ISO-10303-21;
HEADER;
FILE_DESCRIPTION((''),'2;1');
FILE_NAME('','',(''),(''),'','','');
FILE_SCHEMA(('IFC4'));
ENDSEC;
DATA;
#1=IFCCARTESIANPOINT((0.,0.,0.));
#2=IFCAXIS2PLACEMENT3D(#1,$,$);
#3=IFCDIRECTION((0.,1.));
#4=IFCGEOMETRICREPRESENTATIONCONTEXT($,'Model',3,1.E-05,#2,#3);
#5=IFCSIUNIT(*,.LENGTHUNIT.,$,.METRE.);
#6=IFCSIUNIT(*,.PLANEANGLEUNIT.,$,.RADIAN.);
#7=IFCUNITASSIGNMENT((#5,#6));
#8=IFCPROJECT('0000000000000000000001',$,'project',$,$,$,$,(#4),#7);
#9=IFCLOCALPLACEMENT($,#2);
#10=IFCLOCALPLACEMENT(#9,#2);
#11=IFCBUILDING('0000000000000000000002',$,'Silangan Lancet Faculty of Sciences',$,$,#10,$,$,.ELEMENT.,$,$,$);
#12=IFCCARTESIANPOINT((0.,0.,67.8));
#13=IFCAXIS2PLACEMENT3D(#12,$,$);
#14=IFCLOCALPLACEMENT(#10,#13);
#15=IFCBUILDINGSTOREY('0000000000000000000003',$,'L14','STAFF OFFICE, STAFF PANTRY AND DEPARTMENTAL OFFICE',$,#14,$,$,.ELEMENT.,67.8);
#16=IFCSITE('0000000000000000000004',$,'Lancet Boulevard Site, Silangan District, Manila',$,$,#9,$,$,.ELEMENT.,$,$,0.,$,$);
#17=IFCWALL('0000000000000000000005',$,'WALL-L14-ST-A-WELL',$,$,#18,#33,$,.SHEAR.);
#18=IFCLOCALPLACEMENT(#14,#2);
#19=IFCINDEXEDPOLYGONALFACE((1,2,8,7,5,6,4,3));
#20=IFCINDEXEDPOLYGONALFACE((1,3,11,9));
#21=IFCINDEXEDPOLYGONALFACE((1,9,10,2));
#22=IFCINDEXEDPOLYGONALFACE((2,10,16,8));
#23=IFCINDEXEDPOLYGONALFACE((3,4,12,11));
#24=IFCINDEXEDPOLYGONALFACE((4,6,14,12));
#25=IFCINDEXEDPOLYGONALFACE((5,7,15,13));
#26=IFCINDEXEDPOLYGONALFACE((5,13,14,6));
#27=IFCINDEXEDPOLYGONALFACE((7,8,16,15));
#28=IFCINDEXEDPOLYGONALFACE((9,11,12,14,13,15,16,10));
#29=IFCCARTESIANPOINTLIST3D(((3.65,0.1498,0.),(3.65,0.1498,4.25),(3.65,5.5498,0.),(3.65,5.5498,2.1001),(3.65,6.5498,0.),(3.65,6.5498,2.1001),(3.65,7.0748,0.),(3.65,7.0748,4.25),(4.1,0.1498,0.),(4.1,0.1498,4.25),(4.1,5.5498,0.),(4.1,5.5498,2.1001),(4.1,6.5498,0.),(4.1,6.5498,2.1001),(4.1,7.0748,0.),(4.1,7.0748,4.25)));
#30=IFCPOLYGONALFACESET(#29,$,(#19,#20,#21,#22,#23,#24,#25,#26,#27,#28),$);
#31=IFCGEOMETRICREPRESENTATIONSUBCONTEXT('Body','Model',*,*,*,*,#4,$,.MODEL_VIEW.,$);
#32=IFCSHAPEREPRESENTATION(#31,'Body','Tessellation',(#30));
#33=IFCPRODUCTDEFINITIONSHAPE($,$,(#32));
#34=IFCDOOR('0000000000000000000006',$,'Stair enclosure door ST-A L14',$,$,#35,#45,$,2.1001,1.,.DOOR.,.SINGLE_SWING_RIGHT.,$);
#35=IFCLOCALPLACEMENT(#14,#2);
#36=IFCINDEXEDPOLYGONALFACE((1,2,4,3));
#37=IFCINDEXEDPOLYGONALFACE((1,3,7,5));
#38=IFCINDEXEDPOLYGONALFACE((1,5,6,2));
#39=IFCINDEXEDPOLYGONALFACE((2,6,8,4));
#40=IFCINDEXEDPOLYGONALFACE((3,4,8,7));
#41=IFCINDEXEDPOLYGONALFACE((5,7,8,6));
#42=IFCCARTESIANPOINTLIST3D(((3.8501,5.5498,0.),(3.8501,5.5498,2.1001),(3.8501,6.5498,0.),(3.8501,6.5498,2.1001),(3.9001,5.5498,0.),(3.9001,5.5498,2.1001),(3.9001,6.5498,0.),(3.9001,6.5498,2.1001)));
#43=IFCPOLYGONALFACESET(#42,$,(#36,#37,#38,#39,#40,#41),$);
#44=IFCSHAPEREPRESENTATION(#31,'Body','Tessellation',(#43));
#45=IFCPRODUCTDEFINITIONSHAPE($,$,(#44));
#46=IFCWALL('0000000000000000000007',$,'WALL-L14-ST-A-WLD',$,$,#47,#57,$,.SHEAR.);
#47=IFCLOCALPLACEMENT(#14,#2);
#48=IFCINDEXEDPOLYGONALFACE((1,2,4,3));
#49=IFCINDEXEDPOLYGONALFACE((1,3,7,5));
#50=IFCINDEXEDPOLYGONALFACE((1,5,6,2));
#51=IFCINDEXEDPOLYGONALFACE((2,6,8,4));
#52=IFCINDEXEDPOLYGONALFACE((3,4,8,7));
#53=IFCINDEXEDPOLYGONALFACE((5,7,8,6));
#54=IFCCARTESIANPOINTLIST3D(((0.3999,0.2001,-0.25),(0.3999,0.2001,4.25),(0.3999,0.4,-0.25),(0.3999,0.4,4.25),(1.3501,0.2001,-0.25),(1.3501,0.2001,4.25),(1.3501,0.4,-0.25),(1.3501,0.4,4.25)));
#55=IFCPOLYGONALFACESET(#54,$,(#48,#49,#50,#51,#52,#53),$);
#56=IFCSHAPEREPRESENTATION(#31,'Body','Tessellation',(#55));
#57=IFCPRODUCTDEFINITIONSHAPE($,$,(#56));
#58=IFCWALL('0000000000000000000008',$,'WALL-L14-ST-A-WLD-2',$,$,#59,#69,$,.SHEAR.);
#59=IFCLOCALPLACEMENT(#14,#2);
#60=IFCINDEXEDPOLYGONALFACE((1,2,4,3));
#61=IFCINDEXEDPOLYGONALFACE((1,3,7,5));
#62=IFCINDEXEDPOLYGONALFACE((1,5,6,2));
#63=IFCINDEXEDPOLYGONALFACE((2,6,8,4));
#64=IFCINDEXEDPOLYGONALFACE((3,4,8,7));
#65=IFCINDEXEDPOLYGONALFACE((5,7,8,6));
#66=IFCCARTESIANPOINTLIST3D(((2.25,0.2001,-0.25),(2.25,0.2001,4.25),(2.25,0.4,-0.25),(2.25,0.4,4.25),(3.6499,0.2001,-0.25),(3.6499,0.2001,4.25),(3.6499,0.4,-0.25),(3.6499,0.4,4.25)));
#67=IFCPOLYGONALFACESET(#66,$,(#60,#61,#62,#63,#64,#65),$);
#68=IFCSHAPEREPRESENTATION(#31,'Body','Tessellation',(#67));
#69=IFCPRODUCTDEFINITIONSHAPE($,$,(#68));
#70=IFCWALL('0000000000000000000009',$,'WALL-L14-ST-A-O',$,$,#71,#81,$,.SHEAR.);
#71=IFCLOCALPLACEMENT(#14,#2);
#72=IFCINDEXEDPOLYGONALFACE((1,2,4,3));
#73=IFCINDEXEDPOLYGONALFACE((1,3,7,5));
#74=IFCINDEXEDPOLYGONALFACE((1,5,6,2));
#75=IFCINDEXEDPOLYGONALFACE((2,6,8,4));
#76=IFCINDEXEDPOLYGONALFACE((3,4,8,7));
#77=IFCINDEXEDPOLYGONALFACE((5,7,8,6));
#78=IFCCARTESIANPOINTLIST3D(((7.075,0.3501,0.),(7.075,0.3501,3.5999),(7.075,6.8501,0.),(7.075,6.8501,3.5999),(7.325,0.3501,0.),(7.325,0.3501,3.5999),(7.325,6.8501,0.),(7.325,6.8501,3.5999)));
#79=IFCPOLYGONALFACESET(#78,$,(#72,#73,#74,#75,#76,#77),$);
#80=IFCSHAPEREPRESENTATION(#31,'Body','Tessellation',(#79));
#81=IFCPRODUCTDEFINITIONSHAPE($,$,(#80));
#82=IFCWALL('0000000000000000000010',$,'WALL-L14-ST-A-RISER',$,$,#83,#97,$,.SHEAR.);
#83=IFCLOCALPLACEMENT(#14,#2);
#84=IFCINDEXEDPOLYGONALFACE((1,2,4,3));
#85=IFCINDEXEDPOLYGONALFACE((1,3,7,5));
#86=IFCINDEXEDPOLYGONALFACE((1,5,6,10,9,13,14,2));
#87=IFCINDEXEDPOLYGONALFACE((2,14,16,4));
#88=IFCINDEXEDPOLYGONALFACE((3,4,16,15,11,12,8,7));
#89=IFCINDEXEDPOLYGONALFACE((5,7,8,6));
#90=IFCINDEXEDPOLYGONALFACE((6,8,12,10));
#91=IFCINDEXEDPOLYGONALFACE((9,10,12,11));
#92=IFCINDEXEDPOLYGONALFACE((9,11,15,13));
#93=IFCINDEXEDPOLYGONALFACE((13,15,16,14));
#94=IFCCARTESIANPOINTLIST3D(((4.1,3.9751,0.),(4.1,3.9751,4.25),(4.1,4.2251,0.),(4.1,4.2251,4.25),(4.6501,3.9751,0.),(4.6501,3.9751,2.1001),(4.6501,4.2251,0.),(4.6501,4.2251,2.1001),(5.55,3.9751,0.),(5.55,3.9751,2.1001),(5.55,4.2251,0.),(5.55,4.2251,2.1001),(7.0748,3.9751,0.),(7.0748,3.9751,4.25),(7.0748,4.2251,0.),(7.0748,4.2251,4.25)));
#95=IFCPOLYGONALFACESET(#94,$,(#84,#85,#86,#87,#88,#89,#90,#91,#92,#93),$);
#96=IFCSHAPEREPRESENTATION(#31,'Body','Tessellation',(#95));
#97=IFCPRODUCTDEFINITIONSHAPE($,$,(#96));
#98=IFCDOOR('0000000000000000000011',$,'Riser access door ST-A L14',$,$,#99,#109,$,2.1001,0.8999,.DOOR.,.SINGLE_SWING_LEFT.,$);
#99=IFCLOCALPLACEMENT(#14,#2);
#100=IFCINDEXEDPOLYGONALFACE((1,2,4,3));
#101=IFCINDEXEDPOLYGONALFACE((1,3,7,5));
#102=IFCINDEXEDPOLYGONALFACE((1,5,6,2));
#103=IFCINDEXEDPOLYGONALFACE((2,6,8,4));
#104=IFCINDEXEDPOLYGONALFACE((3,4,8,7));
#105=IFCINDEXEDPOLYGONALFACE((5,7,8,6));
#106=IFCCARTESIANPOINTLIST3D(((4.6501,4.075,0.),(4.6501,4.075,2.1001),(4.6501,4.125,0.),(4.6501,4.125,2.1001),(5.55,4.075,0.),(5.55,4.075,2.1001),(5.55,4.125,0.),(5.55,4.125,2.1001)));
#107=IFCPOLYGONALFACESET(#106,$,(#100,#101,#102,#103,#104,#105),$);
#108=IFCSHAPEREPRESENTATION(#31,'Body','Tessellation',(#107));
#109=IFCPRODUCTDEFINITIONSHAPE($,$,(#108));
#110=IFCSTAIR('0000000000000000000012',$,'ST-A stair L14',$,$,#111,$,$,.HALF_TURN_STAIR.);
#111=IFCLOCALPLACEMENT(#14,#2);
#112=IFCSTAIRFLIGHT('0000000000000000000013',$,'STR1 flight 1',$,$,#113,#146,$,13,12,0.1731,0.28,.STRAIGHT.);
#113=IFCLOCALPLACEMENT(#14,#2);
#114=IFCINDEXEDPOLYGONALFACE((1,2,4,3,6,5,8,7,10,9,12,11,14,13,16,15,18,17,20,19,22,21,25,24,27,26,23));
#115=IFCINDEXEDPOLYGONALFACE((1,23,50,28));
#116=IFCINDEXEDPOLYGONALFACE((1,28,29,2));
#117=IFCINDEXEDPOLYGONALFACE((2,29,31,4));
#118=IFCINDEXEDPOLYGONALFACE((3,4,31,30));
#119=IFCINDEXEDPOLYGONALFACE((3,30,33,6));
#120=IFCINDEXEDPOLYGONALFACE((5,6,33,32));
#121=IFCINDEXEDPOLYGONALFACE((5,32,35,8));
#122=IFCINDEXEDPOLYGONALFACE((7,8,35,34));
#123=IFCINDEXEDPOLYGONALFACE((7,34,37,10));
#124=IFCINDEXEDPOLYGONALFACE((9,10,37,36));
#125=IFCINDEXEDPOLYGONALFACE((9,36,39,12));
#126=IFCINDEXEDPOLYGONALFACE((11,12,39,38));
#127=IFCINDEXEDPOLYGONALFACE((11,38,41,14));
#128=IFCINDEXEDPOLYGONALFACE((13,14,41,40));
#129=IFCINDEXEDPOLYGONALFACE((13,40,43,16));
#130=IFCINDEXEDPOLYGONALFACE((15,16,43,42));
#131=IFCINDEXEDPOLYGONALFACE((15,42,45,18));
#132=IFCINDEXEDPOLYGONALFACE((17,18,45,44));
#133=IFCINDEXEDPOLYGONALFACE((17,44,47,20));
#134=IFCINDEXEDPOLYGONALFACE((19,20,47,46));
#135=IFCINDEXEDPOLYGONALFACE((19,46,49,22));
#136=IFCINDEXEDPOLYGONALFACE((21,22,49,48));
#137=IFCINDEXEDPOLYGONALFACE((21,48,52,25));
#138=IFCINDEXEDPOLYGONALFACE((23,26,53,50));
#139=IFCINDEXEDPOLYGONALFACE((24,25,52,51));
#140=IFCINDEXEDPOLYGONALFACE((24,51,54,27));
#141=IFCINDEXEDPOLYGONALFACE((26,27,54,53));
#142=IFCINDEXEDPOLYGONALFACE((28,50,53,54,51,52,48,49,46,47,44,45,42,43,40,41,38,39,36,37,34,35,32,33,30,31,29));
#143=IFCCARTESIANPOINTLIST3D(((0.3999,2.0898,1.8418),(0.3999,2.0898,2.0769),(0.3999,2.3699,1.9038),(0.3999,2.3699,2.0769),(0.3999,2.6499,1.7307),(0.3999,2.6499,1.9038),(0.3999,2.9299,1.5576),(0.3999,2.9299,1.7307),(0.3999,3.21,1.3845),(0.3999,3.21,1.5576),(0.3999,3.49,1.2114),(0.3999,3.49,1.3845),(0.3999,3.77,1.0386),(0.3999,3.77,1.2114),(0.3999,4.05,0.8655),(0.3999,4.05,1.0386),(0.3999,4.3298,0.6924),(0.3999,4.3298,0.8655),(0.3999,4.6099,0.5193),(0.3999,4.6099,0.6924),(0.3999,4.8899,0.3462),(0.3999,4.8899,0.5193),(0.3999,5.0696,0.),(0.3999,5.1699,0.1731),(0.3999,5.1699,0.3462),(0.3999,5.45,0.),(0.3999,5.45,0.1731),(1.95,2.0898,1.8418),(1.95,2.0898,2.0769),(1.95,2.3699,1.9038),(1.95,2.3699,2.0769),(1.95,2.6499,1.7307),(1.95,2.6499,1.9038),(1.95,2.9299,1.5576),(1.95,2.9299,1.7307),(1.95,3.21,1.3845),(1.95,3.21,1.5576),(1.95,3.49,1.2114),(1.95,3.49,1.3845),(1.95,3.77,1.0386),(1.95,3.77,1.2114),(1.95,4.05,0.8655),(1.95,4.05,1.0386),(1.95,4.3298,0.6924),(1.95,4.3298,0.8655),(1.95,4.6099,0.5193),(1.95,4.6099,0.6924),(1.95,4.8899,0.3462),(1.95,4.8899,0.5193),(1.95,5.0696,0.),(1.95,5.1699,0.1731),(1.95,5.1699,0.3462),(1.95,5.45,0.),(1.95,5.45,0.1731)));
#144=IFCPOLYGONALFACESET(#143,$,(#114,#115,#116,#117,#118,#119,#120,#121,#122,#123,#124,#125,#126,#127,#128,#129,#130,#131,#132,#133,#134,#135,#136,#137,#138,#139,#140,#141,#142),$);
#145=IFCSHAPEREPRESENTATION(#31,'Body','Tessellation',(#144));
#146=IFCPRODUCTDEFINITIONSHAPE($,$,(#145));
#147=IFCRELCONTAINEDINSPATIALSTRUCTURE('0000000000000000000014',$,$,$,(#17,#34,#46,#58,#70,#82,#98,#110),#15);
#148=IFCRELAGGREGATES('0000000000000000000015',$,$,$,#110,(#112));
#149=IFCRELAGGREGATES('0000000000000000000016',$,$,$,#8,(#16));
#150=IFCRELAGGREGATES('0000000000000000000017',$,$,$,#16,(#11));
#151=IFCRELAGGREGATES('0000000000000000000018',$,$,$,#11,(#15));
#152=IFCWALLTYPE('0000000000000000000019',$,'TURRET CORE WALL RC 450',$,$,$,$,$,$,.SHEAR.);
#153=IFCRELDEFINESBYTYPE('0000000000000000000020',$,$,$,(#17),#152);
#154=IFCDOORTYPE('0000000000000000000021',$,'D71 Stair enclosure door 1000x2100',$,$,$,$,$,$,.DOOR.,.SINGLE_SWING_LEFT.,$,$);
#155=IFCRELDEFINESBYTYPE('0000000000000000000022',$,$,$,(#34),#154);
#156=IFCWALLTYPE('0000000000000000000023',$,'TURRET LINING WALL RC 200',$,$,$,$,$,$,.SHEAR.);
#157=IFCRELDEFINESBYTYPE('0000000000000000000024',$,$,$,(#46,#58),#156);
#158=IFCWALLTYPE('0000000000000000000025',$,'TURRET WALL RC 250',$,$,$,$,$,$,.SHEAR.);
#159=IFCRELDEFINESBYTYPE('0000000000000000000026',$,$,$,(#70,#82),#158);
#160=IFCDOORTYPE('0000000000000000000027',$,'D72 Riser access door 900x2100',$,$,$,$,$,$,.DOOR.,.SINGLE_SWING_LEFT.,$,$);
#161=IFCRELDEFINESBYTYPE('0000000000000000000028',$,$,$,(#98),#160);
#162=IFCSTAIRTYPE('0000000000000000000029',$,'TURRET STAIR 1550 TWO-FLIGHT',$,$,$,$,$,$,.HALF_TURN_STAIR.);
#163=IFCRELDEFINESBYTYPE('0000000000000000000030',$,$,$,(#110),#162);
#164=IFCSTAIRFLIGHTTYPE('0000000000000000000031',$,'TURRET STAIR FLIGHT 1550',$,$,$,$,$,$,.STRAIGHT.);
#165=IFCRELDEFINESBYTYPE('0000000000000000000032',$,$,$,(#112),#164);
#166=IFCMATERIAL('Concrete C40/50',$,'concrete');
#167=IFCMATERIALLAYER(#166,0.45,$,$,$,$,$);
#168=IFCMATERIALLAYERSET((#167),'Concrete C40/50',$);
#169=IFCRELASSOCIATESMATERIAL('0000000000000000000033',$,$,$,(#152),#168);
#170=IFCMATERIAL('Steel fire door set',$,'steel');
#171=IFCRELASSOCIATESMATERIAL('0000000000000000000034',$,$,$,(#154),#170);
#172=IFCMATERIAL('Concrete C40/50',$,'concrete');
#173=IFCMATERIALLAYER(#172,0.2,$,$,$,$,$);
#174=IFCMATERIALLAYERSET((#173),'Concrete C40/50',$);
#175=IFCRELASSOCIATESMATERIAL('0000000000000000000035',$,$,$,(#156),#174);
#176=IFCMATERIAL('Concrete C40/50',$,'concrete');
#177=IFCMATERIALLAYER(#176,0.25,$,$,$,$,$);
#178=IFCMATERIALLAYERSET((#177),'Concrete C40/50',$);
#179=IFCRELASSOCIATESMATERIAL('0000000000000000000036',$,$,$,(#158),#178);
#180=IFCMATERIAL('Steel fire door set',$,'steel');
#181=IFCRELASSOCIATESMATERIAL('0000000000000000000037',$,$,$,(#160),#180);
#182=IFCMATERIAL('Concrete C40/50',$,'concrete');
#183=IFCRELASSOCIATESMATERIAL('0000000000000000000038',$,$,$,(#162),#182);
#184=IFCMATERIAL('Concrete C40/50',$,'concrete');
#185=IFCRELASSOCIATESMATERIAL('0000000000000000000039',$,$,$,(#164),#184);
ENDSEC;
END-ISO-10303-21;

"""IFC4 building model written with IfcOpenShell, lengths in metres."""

from ifc_helpers import new_model, si_unit, direction, frame, frame_2d, origin, place, context, subcontext, project, spatial, polyline, rectangle, outline, extrude, material, layer, layer_set, type_object, element, fill, aggregate, save


model = new_model("IFC4")

# Units and contexts
model_context = context("Model", 3, precision=1e-05, world=origin(), true_north=direction((0.0, 1.0)))
body_context = subcontext(model_context, "Body", "Model", "MODEL_VIEW")
ifc_project = project(units=[si_unit("LENGTHUNIT", "METRE"), si_unit("PLANEANGLEUNIT", "RADIAN")], contexts=[model_context])

# Site, building, storey
site_placement = place(None, origin())
site = spatial("IfcSite", under=ifc_project, at=site_placement, Name="Lancet Boulevard Site, Silangan District, Manila", CompositionType="ELEMENT", RefElevation=0.0)
building_placement = place(site_placement, origin())
building = spatial("IfcBuilding", under=site, at=building_placement, Name="Silangan Lancet Faculty of Sciences", CompositionType="ELEMENT")
storey_placement = place(building_placement, frame((0.0, 0.0, 67.8)))
storey = spatial("IfcBuildingStorey", under=building, at=storey_placement, Name="L14", Description="STAFF OFFICE, STAFF PANTRY AND DEPARTMENTAL OFFICE", CompositionType="ELEMENT", Elevation=67.8)

# Wall, opening, door
ifc_material_1 = material(Name="Concrete C40/50", Category="concrete")
ifc_layer_1 = layer(ifc_material_1, 0.45)
ifc_layer_set_1 = layer_set([ifc_layer_1], Name="Concrete C40/50")
wall_type_1 = type_object("IfcWallType", Name="TURRET CORE WALL RC 450", PredefinedType="SHEAR", material=ifc_layer_set_1)
wall_1_placement = place(storey_placement, frame((3.875, 0.1499, 0.0), z_axis=(0.0, 0.0, 1.0), x_axis=(0.0, 1.0, 0.0)))
wall_1 = element("IfcWall", 1, at=wall_1_placement, inside=storey, type_object=wall_type_1, Name="WALL-L14-ST-A-WELL", PredefinedType="SHEAR", context=body_context, shape_type="SweptSolid", body=[
    extrude(rectangle(XDim=6.925, YDim=0.45, at=frame_2d((3.4624, 0.0))), origin(), (0.0, 0.0, 1.0), 4.25),
])
opening_1_placement = place(wall_1_placement, frame((5.3999, 0.0, 0.0)))
opening_1 = element("IfcOpeningElement", 2, at=opening_1_placement, cuts=wall_1, PredefinedType="OPENING", context=body_context, shape_type="SweptSolid", body=[
    extrude(rectangle(XDim=1.0, YDim=2.1001, at=frame_2d((0.5, 1.05))), frame((0.0, 0.2349, 0.0), z_axis=(0.0, -1.0, 0.0), x_axis=(1.0, 0.0, 0.0)), (0.0, 0.0, 1.0), 0.47),
])
ifc_material_2 = material(Name="Steel fire door set", Category="steel")
door_type_1 = type_object("IfcDoorType", Name="D71 Stair enclosure door 1000x2100", OperationType="SINGLE_SWING_LEFT", PredefinedType="DOOR", material=ifc_material_2)
door_1_placement = place(opening_1_placement, origin())
door_1 = element("IfcDoor", 3, at=door_1_placement, inside=storey, type_object=door_type_1, Name="Stair enclosure door ST-A L14", OperationType="SINGLE_SWING_RIGHT", OverallHeight=2.1001, OverallWidth=1.0, PredefinedType="DOOR", context=body_context, shape_type="SweptSolid", body=[
    extrude(rectangle(XDim=1.0, YDim=2.1001, at=frame_2d((0.5, 1.05))), frame((0.0, 0.0249, 0.0), z_axis=(0.0, -1.0, 0.0), x_axis=(1.0, 0.0, 0.0)), (0.0, 0.0, 1.0), 0.05),
])
fill(opening_1, door_1)

# Walls
ifc_material_3 = material(Name="Concrete C40/50", Category="concrete")
ifc_layer_2 = layer(ifc_material_3, 0.2)
ifc_layer_set_2 = layer_set([ifc_layer_2], Name="Concrete C40/50")
wall_type_2 = type_object("IfcWallType", Name="TURRET LINING WALL RC 200", PredefinedType="SHEAR", material=ifc_layer_set_2)
wall_2_placement = place(storey_placement, frame((0.3999, 0.3, -0.25), z_axis=(0.0, 0.0, 1.0), x_axis=(1.0, 0.0, 0.0)))
element("IfcWall", 4, at=wall_2_placement, inside=storey, type_object=wall_type_2, Name="WALL-L14-ST-A-WLD", PredefinedType="SHEAR", context=body_context, shape_type="SweptSolid", body=[
    extrude(rectangle(XDim=0.9502, YDim=0.2, at=frame_2d((0.4751, 0.0))), origin(), (0.0, 0.0, 1.0), 4.5),
])
wall_3_placement = place(storey_placement, frame((2.25, 0.3, -0.25), z_axis=(0.0, 0.0, 1.0), x_axis=(1.0, 0.0, 0.0)))
element("IfcWall", 5, at=wall_3_placement, inside=storey, type_object=wall_type_2, Name="WALL-L14-ST-A-WLD-2", PredefinedType="SHEAR", context=body_context, shape_type="SweptSolid", body=[
    extrude(rectangle(XDim=1.3999, YDim=0.2, at=frame_2d((0.7, 0.0))), origin(), (0.0, 0.0, 1.0), 4.5),
])
ifc_material_4 = material(Name="Concrete C40/50", Category="concrete")
ifc_layer_3 = layer(ifc_material_4, 0.25)
ifc_layer_set_3 = layer_set([ifc_layer_3], Name="Concrete C40/50")
wall_type_3 = type_object("IfcWallType", Name="TURRET WALL RC 250", PredefinedType="SHEAR", material=ifc_layer_set_3)
wall_4_placement = place(storey_placement, frame((7.2, 0.3501, 0.0), z_axis=(0.0, 0.0, 1.0), x_axis=(0.0, 1.0, 0.0)))
element("IfcWall", 6, at=wall_4_placement, inside=storey, type_object=wall_type_3, Name="WALL-L14-ST-A-O", PredefinedType="SHEAR", context=body_context, shape_type="SweptSolid", body=[
    extrude(rectangle(XDim=6.5, YDim=0.25, at=frame_2d((3.25, 0.0))), origin(), (0.0, 0.0, 1.0), 3.5999),
])

# Wall, opening, door
wall_5_placement = place(storey_placement, frame((4.1001, 4.1001, 0.0), z_axis=(0.0, 0.0, 1.0), x_axis=(1.0, 0.0, 0.0)))
wall_5 = element("IfcWall", 7, at=wall_5_placement, inside=storey, type_object=wall_type_3, Name="WALL-L14-ST-A-RISER", PredefinedType="SHEAR", context=body_context, shape_type="SweptSolid", body=[
    extrude(rectangle(XDim=2.9749, YDim=0.25, at=frame_2d((1.4873, 0.0))), origin(), (0.0, 0.0, 1.0), 4.25),
])
opening_2_placement = place(wall_5_placement, frame((0.55, 0.0, 0.0)))
opening_2 = element("IfcOpeningElement", 8, at=opening_2_placement, cuts=wall_5, PredefinedType="OPENING", context=body_context, shape_type="SweptSolid", body=[
    extrude(rectangle(XDim=0.8999, YDim=2.1001, at=frame_2d((0.45, 1.05))), frame((0.0, 0.135, 0.0), z_axis=(0.0, -1.0, 0.0), x_axis=(1.0, 0.0, 0.0)), (0.0, 0.0, 1.0), 0.27),
])
ifc_material_5 = material(Name="Steel fire door set", Category="steel")
door_type_2 = type_object("IfcDoorType", Name="D72 Riser access door 900x2100", OperationType="SINGLE_SWING_LEFT", PredefinedType="DOOR", material=ifc_material_5)
door_2_placement = place(opening_2_placement, frame((0.8999, 0.0, 0.0), z_axis=(0.0, 0.0, 1.0), x_axis=(-1.0, 0.0, 0.0)))
door_2 = element("IfcDoor", 9, at=door_2_placement, inside=storey, type_object=door_type_2, Name="Riser access door ST-A L14", OperationType="SINGLE_SWING_LEFT", OverallHeight=2.1001, OverallWidth=0.8999, PredefinedType="DOOR", context=body_context, shape_type="SweptSolid", body=[
    extrude(rectangle(XDim=0.8999, YDim=2.1001, at=frame_2d((0.45, 1.05))), frame((0.0, 0.0251, 0.0), z_axis=(0.0, -1.0, 0.0), x_axis=(1.0, 0.0, 0.0)), (0.0, 0.0, 1.0), 0.05),
])
fill(opening_2, door_2)

# Stair, stair flight
ifc_material_6 = material(Name="Concrete C40/50", Category="concrete")
stair_type = type_object("IfcStairType", Name="TURRET STAIR 1550 TWO-FLIGHT", PredefinedType="HALF_TURN_STAIR", material=ifc_material_6)
stair_placement = place(storey_placement, origin())
stair = element("IfcStair", 10, at=stair_placement, inside=storey, type_object=stair_type, Name="ST-A stair L14", PredefinedType="HALF_TURN_STAIR")
ifc_material_7 = material(Name="Concrete C40/50", Category="concrete")
stair_flight_type = type_object("IfcStairFlightType", Name="TURRET STAIR FLIGHT 1550", PredefinedType="STRAIGHT", material=ifc_material_7)
stair_flight_1_placement = place(storey_placement, frame((1.175, 5.45, 0.0), z_axis=(0.0, 0.0, 1.0), x_axis=(0.0, -1.0, 0.0)))
stair_flight_1 = element("IfcStairFlight", 11, at=stair_flight_1_placement, type_object=stair_flight_type, Name="STR1 flight 1", NumberOfRisers=13, NumberOfTreads=12, PredefinedType="STRAIGHT", RiserHeight=0.1731, TreadLength=0.28, context=body_context, shape_type="SweptSolid", body=[
    extrude(outline(polyline([(0.0, 0.0), (0.0, 0.1731), (0.28, 0.1731), (0.28, 0.3462), (0.5601, 0.3462), (0.5601, 0.5193), (0.8401, 0.5193), (0.8401, 0.6924), (1.1201, 0.6924), (1.1201, 0.8655), (1.3999, 0.8655), (1.3999, 1.0386), (1.6799, 1.0386), (1.6799, 1.2114), (1.96, 1.2114), (1.96, 1.3845), (2.24, 1.3845), (2.24, 1.5576), (2.52, 1.5576), (2.52, 1.7307), (2.8, 1.7307), (2.8, 1.9038), (3.0801, 1.9038), (3.0801, 2.0769), (3.3601, 2.0769), (3.3601, 2.25), (3.3601, 1.8418), (0.3804, 0.0), (0.0, 0.0)])), frame((0.0, 0.7749, 0.0), z_axis=(0.0, -1.0, 0.0), x_axis=(1.0, 0.0, 0.0)), (0.0, 0.0, 1.0), 1.55),
])
aggregate(stair, [stair_flight_1])

save(model, "model.ifc")
